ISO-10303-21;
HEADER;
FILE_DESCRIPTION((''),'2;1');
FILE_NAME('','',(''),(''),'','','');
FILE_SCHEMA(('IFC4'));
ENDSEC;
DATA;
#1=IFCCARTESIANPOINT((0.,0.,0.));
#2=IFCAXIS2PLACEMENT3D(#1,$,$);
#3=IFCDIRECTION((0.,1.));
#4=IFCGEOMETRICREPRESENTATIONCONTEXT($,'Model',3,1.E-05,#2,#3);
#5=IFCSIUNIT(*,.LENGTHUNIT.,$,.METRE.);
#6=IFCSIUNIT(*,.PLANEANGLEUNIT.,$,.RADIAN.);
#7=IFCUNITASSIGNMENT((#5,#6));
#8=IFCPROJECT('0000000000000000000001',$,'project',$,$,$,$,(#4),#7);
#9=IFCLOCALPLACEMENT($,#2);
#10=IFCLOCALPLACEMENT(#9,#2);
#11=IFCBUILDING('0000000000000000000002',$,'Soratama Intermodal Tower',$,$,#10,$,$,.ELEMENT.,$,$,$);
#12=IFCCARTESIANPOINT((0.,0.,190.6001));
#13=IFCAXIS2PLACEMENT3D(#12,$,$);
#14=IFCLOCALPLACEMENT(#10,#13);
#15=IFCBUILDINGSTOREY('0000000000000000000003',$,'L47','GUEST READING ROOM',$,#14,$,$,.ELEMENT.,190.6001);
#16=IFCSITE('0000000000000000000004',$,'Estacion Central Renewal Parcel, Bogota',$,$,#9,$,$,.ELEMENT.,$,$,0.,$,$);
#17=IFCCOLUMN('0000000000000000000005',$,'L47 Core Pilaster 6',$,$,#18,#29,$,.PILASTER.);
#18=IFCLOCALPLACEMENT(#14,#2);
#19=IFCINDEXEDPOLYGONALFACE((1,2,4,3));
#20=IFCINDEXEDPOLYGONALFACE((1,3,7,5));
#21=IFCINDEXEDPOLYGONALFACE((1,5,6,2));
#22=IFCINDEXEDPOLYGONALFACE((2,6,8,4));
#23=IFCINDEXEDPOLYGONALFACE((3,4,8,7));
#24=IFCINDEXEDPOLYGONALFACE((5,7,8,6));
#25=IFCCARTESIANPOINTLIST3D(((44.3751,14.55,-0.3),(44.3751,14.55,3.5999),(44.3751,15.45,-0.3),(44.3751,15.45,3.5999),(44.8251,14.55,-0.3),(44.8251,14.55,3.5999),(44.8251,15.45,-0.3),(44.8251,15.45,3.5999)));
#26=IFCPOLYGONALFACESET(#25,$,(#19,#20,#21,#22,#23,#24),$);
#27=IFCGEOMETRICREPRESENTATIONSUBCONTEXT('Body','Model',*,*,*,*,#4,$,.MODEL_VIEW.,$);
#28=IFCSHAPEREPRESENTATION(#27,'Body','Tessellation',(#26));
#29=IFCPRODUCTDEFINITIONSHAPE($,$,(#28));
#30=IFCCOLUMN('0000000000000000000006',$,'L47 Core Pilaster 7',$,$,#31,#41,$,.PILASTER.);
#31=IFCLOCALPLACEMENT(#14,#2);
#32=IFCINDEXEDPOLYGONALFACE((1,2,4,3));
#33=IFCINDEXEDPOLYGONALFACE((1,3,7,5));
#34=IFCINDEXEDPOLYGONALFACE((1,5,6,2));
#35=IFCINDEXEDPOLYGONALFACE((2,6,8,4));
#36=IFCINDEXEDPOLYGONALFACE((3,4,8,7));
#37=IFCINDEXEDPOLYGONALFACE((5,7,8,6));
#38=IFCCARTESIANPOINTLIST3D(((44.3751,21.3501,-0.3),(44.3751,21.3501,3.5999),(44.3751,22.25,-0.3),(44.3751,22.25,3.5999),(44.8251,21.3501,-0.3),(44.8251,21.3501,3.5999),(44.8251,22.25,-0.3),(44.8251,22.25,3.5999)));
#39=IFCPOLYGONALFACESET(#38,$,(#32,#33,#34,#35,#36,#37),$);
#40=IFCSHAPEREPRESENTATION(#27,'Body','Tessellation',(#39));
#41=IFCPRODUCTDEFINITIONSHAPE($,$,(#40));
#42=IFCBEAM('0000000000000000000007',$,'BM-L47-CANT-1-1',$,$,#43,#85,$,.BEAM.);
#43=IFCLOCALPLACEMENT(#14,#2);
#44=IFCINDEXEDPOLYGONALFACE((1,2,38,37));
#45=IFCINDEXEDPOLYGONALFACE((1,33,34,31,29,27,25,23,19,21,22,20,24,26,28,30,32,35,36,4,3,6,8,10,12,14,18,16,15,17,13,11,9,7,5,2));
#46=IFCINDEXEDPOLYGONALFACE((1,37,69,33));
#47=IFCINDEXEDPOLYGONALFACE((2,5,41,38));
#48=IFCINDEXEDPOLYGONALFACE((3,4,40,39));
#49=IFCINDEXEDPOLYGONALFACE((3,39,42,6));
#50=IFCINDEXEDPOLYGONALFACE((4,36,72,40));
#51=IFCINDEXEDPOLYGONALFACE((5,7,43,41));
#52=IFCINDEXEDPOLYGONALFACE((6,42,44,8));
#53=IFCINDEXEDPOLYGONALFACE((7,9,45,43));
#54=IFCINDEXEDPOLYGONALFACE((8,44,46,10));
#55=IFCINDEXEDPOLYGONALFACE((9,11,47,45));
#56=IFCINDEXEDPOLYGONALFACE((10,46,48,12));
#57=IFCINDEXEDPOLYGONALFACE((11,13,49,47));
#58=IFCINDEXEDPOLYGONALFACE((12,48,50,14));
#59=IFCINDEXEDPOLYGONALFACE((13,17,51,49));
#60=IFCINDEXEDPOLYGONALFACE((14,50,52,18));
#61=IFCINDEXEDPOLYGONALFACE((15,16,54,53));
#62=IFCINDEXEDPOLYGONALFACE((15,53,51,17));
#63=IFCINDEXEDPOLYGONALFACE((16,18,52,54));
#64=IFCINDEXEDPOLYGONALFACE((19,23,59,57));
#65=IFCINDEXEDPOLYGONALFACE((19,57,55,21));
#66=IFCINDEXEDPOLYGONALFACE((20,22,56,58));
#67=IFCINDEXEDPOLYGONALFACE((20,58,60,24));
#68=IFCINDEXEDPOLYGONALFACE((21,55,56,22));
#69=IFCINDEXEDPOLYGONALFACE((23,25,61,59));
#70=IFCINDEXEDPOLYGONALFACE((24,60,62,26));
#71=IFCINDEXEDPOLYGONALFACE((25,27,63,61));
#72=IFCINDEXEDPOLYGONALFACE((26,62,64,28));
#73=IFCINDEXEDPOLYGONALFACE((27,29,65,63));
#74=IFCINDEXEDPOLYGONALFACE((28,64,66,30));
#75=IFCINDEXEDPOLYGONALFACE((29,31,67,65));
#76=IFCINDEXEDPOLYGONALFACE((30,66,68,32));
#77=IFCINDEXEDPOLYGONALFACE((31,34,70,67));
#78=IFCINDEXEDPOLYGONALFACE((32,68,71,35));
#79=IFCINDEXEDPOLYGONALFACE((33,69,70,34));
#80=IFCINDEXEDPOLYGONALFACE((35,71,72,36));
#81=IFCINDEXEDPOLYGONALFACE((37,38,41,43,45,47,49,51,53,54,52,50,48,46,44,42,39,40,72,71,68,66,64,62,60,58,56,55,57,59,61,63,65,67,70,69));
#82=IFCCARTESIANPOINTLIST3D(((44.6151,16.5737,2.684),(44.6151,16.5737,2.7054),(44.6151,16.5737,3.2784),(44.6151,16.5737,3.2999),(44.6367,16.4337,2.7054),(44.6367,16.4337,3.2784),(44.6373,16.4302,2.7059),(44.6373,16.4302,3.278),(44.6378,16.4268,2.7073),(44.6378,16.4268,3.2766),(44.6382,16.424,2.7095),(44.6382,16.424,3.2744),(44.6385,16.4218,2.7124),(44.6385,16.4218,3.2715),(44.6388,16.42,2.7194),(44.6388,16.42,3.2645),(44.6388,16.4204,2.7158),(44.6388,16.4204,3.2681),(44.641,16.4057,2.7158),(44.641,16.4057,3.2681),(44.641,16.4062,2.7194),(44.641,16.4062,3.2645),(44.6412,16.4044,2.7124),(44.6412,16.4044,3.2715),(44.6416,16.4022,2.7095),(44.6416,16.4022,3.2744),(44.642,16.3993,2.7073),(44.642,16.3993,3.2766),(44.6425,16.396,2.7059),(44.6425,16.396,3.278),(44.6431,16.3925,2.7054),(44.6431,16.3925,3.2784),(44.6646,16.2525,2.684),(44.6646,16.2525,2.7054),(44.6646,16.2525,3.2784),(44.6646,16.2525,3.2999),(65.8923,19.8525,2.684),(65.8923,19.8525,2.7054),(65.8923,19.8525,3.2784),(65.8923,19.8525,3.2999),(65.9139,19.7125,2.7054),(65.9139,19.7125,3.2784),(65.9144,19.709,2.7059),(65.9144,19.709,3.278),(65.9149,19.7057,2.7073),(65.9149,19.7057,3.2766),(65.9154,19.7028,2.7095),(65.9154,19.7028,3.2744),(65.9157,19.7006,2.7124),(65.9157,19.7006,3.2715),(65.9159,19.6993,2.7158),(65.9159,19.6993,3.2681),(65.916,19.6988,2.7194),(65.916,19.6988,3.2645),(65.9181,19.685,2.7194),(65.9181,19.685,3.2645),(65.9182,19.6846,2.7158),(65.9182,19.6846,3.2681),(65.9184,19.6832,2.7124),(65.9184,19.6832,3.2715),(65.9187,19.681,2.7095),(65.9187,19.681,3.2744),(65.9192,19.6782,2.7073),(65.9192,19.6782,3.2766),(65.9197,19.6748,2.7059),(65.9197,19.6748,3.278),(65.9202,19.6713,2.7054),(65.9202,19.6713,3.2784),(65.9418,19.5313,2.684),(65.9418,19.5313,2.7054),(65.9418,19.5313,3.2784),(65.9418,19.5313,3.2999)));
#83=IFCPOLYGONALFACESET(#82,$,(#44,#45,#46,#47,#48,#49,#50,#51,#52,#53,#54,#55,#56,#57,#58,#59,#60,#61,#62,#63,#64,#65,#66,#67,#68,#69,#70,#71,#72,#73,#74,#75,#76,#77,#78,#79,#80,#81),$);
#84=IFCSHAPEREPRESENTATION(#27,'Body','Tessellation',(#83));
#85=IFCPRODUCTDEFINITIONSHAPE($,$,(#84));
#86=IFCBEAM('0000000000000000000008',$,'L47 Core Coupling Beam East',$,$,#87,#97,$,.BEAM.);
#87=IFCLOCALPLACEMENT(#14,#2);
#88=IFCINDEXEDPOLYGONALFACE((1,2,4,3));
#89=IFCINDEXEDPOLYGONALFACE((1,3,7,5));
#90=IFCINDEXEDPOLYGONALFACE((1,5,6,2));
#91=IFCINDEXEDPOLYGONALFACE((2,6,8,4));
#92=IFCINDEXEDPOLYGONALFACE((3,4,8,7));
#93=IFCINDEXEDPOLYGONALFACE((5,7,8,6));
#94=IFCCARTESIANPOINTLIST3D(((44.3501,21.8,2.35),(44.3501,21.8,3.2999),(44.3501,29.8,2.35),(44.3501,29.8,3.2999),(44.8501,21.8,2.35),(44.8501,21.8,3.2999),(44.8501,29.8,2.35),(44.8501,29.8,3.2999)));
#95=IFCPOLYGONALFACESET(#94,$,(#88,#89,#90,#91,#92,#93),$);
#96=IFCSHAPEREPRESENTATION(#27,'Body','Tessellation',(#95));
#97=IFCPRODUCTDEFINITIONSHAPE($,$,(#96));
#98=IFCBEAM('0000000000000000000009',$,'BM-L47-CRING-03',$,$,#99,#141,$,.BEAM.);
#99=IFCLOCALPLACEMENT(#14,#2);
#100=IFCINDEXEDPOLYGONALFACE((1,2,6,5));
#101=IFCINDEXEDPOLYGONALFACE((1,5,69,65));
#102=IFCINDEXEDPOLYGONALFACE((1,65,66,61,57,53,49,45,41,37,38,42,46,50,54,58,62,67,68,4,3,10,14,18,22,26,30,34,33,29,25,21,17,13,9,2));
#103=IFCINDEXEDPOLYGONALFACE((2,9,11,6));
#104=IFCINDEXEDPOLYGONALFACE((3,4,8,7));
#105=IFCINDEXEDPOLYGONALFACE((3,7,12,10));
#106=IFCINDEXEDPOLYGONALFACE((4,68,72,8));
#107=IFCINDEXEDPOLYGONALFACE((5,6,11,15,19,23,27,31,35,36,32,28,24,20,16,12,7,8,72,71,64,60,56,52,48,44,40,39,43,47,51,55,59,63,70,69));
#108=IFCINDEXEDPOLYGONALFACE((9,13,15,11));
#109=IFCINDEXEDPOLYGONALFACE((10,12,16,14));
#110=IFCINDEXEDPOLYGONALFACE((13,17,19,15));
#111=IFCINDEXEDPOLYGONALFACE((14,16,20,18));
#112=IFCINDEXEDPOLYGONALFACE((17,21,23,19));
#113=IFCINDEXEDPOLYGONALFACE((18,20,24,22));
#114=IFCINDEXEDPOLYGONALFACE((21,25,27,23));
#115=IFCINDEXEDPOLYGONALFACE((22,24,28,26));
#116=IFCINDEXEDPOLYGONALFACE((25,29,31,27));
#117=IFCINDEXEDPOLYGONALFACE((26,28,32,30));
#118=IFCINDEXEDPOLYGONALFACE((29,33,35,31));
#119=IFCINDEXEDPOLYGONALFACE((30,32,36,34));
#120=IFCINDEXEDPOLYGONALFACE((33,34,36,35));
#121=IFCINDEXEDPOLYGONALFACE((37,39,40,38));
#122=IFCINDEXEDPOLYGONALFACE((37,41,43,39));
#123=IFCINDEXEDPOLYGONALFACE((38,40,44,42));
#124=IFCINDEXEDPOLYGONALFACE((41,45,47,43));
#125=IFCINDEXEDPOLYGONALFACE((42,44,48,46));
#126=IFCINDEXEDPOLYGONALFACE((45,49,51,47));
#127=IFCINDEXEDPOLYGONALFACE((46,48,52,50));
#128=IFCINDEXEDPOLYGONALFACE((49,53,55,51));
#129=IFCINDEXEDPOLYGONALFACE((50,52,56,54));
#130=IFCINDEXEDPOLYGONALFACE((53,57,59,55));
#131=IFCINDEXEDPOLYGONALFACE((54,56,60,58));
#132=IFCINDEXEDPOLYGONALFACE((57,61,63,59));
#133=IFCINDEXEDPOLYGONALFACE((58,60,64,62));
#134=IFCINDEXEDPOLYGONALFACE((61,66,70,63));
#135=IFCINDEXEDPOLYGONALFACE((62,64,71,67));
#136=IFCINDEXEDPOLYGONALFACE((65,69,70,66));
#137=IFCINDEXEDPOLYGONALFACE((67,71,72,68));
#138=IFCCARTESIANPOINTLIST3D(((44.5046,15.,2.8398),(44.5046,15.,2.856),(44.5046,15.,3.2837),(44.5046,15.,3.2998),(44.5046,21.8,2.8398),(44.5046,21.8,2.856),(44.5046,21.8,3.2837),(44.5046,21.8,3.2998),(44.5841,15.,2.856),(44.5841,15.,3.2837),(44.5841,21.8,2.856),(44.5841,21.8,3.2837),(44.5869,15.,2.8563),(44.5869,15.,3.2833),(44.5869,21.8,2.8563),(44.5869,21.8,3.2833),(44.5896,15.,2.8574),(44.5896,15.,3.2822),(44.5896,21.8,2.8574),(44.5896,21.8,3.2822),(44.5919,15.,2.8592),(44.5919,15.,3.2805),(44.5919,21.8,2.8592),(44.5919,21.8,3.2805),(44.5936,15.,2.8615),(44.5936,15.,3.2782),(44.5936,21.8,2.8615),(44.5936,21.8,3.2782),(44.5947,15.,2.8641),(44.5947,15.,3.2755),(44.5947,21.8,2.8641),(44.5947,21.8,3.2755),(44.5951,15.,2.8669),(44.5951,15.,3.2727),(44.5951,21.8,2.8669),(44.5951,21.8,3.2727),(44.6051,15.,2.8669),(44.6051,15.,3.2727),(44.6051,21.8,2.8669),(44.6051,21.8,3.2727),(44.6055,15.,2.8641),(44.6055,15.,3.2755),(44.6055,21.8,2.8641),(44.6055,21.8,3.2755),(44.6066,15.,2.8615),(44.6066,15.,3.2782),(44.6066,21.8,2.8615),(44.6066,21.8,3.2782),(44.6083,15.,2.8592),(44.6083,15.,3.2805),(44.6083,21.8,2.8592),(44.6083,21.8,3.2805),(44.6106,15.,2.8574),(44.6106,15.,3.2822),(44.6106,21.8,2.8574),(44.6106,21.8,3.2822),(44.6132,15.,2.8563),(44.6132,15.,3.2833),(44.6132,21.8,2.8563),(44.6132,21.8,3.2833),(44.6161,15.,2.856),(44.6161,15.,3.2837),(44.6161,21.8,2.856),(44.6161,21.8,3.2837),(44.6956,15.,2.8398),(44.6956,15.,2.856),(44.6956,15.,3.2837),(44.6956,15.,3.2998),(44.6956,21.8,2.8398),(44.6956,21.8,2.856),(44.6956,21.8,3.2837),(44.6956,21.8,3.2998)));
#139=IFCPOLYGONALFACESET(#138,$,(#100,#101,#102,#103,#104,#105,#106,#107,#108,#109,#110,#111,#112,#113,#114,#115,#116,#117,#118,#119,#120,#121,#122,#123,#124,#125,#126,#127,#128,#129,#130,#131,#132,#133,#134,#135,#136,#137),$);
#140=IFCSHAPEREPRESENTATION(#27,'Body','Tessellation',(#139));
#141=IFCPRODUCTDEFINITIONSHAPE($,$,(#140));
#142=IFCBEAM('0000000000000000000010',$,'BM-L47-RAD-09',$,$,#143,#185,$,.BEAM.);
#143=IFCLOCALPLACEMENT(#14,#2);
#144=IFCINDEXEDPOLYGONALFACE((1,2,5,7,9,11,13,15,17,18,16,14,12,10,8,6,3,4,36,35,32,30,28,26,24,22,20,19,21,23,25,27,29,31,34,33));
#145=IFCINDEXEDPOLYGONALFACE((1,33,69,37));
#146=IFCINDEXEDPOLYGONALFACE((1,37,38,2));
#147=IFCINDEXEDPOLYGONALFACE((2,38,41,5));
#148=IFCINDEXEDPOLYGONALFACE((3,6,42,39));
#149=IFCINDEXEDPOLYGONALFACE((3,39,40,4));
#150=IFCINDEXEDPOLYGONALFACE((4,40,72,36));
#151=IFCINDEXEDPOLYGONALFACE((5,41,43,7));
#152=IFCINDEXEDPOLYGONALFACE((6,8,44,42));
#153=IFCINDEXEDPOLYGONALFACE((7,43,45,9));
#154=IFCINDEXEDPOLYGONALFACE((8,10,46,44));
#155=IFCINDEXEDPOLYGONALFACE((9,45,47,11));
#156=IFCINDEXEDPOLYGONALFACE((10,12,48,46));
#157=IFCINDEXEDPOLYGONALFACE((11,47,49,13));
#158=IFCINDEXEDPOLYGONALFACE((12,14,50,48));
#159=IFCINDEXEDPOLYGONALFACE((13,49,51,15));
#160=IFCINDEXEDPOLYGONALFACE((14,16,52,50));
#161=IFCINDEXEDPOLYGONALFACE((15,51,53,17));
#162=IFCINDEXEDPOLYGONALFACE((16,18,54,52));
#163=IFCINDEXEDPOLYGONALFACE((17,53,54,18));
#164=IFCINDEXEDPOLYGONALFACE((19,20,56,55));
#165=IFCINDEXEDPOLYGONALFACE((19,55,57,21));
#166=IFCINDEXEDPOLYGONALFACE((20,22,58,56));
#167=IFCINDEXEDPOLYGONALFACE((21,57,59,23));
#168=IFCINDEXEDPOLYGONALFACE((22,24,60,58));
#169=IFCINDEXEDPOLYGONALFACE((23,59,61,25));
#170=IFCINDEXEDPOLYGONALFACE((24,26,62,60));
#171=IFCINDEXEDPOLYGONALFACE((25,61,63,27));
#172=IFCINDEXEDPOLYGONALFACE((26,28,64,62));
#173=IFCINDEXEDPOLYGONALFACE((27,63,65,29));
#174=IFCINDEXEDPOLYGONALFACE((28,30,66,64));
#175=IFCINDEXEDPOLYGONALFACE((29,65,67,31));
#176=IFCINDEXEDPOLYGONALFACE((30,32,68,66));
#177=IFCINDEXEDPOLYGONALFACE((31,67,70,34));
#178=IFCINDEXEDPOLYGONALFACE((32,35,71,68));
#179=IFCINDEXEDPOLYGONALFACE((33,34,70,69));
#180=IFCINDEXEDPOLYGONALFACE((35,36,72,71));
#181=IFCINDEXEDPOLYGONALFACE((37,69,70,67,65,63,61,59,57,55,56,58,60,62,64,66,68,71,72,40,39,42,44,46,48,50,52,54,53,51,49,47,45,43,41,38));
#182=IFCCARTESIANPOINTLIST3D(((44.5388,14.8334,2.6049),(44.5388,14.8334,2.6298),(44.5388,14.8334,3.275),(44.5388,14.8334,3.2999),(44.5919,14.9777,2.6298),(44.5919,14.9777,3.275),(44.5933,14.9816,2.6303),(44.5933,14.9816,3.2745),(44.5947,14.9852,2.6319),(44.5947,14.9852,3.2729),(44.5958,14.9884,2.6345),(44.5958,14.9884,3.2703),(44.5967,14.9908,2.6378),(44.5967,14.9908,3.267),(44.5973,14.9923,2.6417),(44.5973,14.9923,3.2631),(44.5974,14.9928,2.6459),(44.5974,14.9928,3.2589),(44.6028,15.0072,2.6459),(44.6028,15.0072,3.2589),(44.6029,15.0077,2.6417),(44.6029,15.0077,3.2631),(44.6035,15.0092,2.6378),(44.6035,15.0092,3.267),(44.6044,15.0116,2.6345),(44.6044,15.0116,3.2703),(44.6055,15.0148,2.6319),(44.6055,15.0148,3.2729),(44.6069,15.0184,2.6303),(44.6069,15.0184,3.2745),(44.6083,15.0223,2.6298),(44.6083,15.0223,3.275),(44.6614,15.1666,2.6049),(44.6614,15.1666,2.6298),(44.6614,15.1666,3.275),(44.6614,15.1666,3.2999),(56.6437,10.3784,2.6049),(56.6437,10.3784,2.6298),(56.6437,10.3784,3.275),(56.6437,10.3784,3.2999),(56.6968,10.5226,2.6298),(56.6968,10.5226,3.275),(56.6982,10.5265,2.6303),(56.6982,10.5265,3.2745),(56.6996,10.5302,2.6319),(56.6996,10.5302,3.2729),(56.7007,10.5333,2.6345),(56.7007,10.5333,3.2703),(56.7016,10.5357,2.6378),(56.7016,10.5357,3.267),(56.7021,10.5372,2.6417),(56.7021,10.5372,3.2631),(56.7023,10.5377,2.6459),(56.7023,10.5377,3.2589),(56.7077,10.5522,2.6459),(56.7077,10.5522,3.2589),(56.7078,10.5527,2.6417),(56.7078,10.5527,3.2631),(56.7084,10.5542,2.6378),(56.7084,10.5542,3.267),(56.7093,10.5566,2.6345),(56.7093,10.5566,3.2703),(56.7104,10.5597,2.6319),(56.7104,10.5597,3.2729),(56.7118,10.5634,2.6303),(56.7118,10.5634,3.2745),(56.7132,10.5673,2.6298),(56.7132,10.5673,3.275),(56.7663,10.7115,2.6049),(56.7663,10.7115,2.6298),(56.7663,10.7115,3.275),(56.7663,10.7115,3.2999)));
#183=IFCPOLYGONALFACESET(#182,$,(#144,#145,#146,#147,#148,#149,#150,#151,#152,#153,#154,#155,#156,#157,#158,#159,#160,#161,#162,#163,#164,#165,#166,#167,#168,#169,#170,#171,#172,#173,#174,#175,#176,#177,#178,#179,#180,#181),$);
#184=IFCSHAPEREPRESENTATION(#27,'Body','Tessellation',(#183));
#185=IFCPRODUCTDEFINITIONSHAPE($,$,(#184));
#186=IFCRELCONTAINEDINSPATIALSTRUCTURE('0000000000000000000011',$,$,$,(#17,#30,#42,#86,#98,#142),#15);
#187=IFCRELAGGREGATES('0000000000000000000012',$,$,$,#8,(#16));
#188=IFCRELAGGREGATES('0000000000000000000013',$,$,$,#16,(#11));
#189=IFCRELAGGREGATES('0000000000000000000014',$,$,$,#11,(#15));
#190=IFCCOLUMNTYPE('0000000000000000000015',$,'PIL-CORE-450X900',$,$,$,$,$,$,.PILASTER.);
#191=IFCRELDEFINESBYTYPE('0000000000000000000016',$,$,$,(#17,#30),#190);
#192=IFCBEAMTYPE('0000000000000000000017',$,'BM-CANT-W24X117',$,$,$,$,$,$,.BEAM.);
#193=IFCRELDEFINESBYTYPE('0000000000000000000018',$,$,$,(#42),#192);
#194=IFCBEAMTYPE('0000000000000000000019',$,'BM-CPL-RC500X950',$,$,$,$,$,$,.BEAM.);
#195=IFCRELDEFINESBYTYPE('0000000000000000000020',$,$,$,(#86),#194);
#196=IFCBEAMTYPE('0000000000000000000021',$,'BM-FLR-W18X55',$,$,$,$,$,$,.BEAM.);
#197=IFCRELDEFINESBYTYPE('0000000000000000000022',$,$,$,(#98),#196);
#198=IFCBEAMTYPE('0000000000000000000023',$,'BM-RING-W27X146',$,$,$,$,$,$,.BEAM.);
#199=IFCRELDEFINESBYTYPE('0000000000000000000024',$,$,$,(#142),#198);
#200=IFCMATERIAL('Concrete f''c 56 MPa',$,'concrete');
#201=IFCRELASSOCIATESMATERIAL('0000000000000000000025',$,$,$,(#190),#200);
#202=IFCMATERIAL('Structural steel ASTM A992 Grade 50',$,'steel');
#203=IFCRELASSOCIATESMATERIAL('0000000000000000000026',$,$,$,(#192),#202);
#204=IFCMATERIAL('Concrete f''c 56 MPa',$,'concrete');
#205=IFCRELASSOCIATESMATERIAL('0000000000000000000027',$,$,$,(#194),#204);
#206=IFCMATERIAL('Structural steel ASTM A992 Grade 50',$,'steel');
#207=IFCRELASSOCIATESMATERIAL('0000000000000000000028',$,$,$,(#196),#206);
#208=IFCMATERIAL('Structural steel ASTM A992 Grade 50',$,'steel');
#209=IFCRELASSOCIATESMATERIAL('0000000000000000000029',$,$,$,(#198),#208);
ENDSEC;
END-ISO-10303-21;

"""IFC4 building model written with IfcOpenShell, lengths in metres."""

from ifc_helpers import new_model, si_unit, direction, frame, origin, origin_2d, place, context, subcontext, project, spatial, rectangle, i_section, extrude, material, material_profile, profile_set, type_object, element, save


model = new_model("IFC4")

# Units and contexts
model_context = context("Model", 3, precision=1e-05, world=origin(), true_north=direction((0.0, 1.0)))
body_context = subcontext(model_context, "Body", "Model", "MODEL_VIEW")
ifc_project = project(units=[si_unit("LENGTHUNIT", "METRE"), si_unit("PLANEANGLEUNIT", "RADIAN")], contexts=[model_context])

# Site, building, storey
site_placement = place(None, origin())
site = spatial("IfcSite", under=ifc_project, at=site_placement, Name="Estacion Central Renewal Parcel, Bogota", CompositionType="ELEMENT", RefElevation=0.0)
building_placement = place(site_placement, origin())
building = spatial("IfcBuilding", under=site, at=building_placement, Name="Soratama Intermodal Tower", CompositionType="ELEMENT")
storey_placement = place(building_placement, frame((0.0, 0.0, 190.6001)))
storey = spatial("IfcBuildingStorey", under=building, at=storey_placement, Name="L47", Description="GUEST READING ROOM", CompositionType="ELEMENT", Elevation=190.6001)

# Columns
ifc_material_1 = material(Name="Concrete f'c 56 MPa", Category="concrete")
ifc_material_profile_1 = material_profile(ifc_material_1, rectangle(XDim=0.45, YDim=0.8999, at=origin_2d()), Name="RC450X900")
ifc_profile_set_1 = profile_set([ifc_material_profile_1], Name="Concrete f'c 56 MPa")
column_type = type_object("IfcColumnType", Name="PIL-CORE-450X900", PredefinedType="PILASTER", material=ifc_profile_set_1)
for number, where, z_axis, x_axis, name in (
    (1, (44.6001, 15.0, -0.3), (0.0, 0.0, 1.0), (1.0, 0.0, 0.0), "L47 Core Pilaster 6"),
    (2, (44.6001, 21.8, -0.3), (0.0, 0.0, 1.0), (1.0, 0.0, 0.0), "L47 Core Pilaster 7"),
):
    element("IfcColumn", number, at=place(storey_placement, frame(where, z_axis=z_axis, x_axis=x_axis)), inside=storey, type_object=column_type, Name=name, PredefinedType="PILASTER", context=body_context, shape_type="SweptSolid", body=[
        extrude(rectangle(XDim=0.45, YDim=0.8999, at=origin_2d()), origin(), (0.0, 0.0, 1.0), 3.8999),
    ])

# Beams
ifc_material_2 = material(Name="Structural steel ASTM A992 Grade 50", Category="steel")
ifc_material_profile_2 = material_profile(ifc_material_2, i_section(OverallWidth=0.325, OverallDepth=0.616, WebThickness=0.0139, FlangeThickness=0.0215, FilletRadius=0.0139, at=origin_2d()), Name="W24X117")
ifc_profile_set_2 = profile_set([ifc_material_profile_2], Name="Structural steel ASTM A992 Grade 50")
beam_type_1 = type_object("IfcBeamType", Name="BM-CANT-W24X117", PredefinedType="BEAM", material=ifc_profile_set_2)
beam_1_placement = place(storey_placement, frame((44.6399, 16.4131, 2.9919), z_axis=(0.988334, 0.152303, 0.0), x_axis=(-0.152303, 0.988334, 0.0)))
element("IfcBeam", 3, at=beam_1_placement, inside=storey, type_object=beam_type_1, Name="BM-L47-CANT-1-1", PredefinedType="BEAM", context=body_context, shape_type="SweptSolid", body=[
    extrude(i_section(OverallWidth=0.325, OverallDepth=0.616, WebThickness=0.0139, FlangeThickness=0.0215, FilletRadius=0.0139, at=origin_2d()), origin(), (0.0, 0.0, 1.0), 21.5283),
])
ifc_material_3 = material(Name="Concrete f'c 56 MPa", Category="concrete")
ifc_material_profile_3 = material_profile(ifc_material_3, rectangle(XDim=0.5, YDim=0.95, at=origin_2d()), Name="RC500X950")
ifc_profile_set_3 = profile_set([ifc_material_profile_3], Name="Concrete f'c 56 MPa")
beam_type_2 = type_object("IfcBeamType", Name="BM-CPL-RC500X950", PredefinedType="BEAM", material=ifc_profile_set_3)
beam_2_placement = place(storey_placement, frame((44.6001, 21.8, 2.825), z_axis=(0.0, 1.0, 0.0), x_axis=(-1.0, 0.0, 0.0)))
element("IfcBeam", 4, at=beam_2_placement, inside=storey, type_object=beam_type_2, Name="L47 Core Coupling Beam East", PredefinedType="BEAM", context=body_context, shape_type="SweptSolid", body=[
    extrude(rectangle(XDim=0.5, YDim=0.95, at=origin_2d()), origin(), (0.0, 0.0, 1.0), 8.0),
])
ifc_material_4 = material(Name="Structural steel ASTM A992 Grade 50", Category="steel")
ifc_material_profile_4 = material_profile(ifc_material_4, i_section(OverallWidth=0.1909, OverallDepth=0.46, WebThickness=0.01, FlangeThickness=0.0161, FilletRadius=0.011, at=origin_2d()), Name="W18X55")
ifc_profile_set_4 = profile_set([ifc_material_profile_4], Name="Structural steel ASTM A992 Grade 50")
beam_type_3 = type_object("IfcBeamType", Name="BM-FLR-W18X55", PredefinedType="BEAM", material=ifc_profile_set_4)
beam_3_placement = place(storey_placement, frame((44.6001, 15.0, 3.0698), z_axis=(0.0, 1.0, 0.0), x_axis=(-1.0, 0.0, 0.0)))
element("IfcBeam", 5, at=beam_3_placement, inside=storey, type_object=beam_type_3, Name="BM-L47-CRING-03", PredefinedType="BEAM", context=body_context, shape_type="SweptSolid", body=[
    extrude(i_section(OverallWidth=0.1909, OverallDepth=0.46, WebThickness=0.01, FlangeThickness=0.0161, FilletRadius=0.011, at=origin_2d()), origin(), (0.0, 0.0, 1.0), 6.8),
])
ifc_material_5 = material(Name="Structural steel ASTM A992 Grade 50", Category="steel")
ifc_material_profile_5 = material_profile(ifc_material_5, i_section(OverallWidth=0.355, OverallDepth=0.6951, WebThickness=0.0154, FlangeThickness=0.0249, FilletRadius=0.0161, at=origin_2d()), Name="W27X146")
ifc_profile_set_5 = profile_set([ifc_material_profile_5], Name="Structural steel ASTM A992 Grade 50")
beam_type_4 = type_object("IfcBeamType", Name="BM-RING-W27X146", PredefinedType="BEAM", material=ifc_profile_set_5)
beam_4_placement = place(storey_placement, frame((44.6001, 15.0, 2.9524), z_axis=(0.93846, -0.345388, 0.0), x_axis=(0.345388, 0.93846, 0.0)))
element("IfcBeam", 6, at=beam_4_placement, inside=storey, type_object=beam_type_4, Name="BM-L47-RAD-09", PredefinedType="BEAM", context=body_context, shape_type="SweptSolid", body=[
    extrude(i_section(OverallWidth=0.355, OverallDepth=0.6951, WebThickness=0.0154, FlangeThickness=0.0249, FilletRadius=0.0161, at=origin_2d()), origin(), (0.0, 0.0, 1.0), 12.8987),
])

save(model, "model.ifc")
